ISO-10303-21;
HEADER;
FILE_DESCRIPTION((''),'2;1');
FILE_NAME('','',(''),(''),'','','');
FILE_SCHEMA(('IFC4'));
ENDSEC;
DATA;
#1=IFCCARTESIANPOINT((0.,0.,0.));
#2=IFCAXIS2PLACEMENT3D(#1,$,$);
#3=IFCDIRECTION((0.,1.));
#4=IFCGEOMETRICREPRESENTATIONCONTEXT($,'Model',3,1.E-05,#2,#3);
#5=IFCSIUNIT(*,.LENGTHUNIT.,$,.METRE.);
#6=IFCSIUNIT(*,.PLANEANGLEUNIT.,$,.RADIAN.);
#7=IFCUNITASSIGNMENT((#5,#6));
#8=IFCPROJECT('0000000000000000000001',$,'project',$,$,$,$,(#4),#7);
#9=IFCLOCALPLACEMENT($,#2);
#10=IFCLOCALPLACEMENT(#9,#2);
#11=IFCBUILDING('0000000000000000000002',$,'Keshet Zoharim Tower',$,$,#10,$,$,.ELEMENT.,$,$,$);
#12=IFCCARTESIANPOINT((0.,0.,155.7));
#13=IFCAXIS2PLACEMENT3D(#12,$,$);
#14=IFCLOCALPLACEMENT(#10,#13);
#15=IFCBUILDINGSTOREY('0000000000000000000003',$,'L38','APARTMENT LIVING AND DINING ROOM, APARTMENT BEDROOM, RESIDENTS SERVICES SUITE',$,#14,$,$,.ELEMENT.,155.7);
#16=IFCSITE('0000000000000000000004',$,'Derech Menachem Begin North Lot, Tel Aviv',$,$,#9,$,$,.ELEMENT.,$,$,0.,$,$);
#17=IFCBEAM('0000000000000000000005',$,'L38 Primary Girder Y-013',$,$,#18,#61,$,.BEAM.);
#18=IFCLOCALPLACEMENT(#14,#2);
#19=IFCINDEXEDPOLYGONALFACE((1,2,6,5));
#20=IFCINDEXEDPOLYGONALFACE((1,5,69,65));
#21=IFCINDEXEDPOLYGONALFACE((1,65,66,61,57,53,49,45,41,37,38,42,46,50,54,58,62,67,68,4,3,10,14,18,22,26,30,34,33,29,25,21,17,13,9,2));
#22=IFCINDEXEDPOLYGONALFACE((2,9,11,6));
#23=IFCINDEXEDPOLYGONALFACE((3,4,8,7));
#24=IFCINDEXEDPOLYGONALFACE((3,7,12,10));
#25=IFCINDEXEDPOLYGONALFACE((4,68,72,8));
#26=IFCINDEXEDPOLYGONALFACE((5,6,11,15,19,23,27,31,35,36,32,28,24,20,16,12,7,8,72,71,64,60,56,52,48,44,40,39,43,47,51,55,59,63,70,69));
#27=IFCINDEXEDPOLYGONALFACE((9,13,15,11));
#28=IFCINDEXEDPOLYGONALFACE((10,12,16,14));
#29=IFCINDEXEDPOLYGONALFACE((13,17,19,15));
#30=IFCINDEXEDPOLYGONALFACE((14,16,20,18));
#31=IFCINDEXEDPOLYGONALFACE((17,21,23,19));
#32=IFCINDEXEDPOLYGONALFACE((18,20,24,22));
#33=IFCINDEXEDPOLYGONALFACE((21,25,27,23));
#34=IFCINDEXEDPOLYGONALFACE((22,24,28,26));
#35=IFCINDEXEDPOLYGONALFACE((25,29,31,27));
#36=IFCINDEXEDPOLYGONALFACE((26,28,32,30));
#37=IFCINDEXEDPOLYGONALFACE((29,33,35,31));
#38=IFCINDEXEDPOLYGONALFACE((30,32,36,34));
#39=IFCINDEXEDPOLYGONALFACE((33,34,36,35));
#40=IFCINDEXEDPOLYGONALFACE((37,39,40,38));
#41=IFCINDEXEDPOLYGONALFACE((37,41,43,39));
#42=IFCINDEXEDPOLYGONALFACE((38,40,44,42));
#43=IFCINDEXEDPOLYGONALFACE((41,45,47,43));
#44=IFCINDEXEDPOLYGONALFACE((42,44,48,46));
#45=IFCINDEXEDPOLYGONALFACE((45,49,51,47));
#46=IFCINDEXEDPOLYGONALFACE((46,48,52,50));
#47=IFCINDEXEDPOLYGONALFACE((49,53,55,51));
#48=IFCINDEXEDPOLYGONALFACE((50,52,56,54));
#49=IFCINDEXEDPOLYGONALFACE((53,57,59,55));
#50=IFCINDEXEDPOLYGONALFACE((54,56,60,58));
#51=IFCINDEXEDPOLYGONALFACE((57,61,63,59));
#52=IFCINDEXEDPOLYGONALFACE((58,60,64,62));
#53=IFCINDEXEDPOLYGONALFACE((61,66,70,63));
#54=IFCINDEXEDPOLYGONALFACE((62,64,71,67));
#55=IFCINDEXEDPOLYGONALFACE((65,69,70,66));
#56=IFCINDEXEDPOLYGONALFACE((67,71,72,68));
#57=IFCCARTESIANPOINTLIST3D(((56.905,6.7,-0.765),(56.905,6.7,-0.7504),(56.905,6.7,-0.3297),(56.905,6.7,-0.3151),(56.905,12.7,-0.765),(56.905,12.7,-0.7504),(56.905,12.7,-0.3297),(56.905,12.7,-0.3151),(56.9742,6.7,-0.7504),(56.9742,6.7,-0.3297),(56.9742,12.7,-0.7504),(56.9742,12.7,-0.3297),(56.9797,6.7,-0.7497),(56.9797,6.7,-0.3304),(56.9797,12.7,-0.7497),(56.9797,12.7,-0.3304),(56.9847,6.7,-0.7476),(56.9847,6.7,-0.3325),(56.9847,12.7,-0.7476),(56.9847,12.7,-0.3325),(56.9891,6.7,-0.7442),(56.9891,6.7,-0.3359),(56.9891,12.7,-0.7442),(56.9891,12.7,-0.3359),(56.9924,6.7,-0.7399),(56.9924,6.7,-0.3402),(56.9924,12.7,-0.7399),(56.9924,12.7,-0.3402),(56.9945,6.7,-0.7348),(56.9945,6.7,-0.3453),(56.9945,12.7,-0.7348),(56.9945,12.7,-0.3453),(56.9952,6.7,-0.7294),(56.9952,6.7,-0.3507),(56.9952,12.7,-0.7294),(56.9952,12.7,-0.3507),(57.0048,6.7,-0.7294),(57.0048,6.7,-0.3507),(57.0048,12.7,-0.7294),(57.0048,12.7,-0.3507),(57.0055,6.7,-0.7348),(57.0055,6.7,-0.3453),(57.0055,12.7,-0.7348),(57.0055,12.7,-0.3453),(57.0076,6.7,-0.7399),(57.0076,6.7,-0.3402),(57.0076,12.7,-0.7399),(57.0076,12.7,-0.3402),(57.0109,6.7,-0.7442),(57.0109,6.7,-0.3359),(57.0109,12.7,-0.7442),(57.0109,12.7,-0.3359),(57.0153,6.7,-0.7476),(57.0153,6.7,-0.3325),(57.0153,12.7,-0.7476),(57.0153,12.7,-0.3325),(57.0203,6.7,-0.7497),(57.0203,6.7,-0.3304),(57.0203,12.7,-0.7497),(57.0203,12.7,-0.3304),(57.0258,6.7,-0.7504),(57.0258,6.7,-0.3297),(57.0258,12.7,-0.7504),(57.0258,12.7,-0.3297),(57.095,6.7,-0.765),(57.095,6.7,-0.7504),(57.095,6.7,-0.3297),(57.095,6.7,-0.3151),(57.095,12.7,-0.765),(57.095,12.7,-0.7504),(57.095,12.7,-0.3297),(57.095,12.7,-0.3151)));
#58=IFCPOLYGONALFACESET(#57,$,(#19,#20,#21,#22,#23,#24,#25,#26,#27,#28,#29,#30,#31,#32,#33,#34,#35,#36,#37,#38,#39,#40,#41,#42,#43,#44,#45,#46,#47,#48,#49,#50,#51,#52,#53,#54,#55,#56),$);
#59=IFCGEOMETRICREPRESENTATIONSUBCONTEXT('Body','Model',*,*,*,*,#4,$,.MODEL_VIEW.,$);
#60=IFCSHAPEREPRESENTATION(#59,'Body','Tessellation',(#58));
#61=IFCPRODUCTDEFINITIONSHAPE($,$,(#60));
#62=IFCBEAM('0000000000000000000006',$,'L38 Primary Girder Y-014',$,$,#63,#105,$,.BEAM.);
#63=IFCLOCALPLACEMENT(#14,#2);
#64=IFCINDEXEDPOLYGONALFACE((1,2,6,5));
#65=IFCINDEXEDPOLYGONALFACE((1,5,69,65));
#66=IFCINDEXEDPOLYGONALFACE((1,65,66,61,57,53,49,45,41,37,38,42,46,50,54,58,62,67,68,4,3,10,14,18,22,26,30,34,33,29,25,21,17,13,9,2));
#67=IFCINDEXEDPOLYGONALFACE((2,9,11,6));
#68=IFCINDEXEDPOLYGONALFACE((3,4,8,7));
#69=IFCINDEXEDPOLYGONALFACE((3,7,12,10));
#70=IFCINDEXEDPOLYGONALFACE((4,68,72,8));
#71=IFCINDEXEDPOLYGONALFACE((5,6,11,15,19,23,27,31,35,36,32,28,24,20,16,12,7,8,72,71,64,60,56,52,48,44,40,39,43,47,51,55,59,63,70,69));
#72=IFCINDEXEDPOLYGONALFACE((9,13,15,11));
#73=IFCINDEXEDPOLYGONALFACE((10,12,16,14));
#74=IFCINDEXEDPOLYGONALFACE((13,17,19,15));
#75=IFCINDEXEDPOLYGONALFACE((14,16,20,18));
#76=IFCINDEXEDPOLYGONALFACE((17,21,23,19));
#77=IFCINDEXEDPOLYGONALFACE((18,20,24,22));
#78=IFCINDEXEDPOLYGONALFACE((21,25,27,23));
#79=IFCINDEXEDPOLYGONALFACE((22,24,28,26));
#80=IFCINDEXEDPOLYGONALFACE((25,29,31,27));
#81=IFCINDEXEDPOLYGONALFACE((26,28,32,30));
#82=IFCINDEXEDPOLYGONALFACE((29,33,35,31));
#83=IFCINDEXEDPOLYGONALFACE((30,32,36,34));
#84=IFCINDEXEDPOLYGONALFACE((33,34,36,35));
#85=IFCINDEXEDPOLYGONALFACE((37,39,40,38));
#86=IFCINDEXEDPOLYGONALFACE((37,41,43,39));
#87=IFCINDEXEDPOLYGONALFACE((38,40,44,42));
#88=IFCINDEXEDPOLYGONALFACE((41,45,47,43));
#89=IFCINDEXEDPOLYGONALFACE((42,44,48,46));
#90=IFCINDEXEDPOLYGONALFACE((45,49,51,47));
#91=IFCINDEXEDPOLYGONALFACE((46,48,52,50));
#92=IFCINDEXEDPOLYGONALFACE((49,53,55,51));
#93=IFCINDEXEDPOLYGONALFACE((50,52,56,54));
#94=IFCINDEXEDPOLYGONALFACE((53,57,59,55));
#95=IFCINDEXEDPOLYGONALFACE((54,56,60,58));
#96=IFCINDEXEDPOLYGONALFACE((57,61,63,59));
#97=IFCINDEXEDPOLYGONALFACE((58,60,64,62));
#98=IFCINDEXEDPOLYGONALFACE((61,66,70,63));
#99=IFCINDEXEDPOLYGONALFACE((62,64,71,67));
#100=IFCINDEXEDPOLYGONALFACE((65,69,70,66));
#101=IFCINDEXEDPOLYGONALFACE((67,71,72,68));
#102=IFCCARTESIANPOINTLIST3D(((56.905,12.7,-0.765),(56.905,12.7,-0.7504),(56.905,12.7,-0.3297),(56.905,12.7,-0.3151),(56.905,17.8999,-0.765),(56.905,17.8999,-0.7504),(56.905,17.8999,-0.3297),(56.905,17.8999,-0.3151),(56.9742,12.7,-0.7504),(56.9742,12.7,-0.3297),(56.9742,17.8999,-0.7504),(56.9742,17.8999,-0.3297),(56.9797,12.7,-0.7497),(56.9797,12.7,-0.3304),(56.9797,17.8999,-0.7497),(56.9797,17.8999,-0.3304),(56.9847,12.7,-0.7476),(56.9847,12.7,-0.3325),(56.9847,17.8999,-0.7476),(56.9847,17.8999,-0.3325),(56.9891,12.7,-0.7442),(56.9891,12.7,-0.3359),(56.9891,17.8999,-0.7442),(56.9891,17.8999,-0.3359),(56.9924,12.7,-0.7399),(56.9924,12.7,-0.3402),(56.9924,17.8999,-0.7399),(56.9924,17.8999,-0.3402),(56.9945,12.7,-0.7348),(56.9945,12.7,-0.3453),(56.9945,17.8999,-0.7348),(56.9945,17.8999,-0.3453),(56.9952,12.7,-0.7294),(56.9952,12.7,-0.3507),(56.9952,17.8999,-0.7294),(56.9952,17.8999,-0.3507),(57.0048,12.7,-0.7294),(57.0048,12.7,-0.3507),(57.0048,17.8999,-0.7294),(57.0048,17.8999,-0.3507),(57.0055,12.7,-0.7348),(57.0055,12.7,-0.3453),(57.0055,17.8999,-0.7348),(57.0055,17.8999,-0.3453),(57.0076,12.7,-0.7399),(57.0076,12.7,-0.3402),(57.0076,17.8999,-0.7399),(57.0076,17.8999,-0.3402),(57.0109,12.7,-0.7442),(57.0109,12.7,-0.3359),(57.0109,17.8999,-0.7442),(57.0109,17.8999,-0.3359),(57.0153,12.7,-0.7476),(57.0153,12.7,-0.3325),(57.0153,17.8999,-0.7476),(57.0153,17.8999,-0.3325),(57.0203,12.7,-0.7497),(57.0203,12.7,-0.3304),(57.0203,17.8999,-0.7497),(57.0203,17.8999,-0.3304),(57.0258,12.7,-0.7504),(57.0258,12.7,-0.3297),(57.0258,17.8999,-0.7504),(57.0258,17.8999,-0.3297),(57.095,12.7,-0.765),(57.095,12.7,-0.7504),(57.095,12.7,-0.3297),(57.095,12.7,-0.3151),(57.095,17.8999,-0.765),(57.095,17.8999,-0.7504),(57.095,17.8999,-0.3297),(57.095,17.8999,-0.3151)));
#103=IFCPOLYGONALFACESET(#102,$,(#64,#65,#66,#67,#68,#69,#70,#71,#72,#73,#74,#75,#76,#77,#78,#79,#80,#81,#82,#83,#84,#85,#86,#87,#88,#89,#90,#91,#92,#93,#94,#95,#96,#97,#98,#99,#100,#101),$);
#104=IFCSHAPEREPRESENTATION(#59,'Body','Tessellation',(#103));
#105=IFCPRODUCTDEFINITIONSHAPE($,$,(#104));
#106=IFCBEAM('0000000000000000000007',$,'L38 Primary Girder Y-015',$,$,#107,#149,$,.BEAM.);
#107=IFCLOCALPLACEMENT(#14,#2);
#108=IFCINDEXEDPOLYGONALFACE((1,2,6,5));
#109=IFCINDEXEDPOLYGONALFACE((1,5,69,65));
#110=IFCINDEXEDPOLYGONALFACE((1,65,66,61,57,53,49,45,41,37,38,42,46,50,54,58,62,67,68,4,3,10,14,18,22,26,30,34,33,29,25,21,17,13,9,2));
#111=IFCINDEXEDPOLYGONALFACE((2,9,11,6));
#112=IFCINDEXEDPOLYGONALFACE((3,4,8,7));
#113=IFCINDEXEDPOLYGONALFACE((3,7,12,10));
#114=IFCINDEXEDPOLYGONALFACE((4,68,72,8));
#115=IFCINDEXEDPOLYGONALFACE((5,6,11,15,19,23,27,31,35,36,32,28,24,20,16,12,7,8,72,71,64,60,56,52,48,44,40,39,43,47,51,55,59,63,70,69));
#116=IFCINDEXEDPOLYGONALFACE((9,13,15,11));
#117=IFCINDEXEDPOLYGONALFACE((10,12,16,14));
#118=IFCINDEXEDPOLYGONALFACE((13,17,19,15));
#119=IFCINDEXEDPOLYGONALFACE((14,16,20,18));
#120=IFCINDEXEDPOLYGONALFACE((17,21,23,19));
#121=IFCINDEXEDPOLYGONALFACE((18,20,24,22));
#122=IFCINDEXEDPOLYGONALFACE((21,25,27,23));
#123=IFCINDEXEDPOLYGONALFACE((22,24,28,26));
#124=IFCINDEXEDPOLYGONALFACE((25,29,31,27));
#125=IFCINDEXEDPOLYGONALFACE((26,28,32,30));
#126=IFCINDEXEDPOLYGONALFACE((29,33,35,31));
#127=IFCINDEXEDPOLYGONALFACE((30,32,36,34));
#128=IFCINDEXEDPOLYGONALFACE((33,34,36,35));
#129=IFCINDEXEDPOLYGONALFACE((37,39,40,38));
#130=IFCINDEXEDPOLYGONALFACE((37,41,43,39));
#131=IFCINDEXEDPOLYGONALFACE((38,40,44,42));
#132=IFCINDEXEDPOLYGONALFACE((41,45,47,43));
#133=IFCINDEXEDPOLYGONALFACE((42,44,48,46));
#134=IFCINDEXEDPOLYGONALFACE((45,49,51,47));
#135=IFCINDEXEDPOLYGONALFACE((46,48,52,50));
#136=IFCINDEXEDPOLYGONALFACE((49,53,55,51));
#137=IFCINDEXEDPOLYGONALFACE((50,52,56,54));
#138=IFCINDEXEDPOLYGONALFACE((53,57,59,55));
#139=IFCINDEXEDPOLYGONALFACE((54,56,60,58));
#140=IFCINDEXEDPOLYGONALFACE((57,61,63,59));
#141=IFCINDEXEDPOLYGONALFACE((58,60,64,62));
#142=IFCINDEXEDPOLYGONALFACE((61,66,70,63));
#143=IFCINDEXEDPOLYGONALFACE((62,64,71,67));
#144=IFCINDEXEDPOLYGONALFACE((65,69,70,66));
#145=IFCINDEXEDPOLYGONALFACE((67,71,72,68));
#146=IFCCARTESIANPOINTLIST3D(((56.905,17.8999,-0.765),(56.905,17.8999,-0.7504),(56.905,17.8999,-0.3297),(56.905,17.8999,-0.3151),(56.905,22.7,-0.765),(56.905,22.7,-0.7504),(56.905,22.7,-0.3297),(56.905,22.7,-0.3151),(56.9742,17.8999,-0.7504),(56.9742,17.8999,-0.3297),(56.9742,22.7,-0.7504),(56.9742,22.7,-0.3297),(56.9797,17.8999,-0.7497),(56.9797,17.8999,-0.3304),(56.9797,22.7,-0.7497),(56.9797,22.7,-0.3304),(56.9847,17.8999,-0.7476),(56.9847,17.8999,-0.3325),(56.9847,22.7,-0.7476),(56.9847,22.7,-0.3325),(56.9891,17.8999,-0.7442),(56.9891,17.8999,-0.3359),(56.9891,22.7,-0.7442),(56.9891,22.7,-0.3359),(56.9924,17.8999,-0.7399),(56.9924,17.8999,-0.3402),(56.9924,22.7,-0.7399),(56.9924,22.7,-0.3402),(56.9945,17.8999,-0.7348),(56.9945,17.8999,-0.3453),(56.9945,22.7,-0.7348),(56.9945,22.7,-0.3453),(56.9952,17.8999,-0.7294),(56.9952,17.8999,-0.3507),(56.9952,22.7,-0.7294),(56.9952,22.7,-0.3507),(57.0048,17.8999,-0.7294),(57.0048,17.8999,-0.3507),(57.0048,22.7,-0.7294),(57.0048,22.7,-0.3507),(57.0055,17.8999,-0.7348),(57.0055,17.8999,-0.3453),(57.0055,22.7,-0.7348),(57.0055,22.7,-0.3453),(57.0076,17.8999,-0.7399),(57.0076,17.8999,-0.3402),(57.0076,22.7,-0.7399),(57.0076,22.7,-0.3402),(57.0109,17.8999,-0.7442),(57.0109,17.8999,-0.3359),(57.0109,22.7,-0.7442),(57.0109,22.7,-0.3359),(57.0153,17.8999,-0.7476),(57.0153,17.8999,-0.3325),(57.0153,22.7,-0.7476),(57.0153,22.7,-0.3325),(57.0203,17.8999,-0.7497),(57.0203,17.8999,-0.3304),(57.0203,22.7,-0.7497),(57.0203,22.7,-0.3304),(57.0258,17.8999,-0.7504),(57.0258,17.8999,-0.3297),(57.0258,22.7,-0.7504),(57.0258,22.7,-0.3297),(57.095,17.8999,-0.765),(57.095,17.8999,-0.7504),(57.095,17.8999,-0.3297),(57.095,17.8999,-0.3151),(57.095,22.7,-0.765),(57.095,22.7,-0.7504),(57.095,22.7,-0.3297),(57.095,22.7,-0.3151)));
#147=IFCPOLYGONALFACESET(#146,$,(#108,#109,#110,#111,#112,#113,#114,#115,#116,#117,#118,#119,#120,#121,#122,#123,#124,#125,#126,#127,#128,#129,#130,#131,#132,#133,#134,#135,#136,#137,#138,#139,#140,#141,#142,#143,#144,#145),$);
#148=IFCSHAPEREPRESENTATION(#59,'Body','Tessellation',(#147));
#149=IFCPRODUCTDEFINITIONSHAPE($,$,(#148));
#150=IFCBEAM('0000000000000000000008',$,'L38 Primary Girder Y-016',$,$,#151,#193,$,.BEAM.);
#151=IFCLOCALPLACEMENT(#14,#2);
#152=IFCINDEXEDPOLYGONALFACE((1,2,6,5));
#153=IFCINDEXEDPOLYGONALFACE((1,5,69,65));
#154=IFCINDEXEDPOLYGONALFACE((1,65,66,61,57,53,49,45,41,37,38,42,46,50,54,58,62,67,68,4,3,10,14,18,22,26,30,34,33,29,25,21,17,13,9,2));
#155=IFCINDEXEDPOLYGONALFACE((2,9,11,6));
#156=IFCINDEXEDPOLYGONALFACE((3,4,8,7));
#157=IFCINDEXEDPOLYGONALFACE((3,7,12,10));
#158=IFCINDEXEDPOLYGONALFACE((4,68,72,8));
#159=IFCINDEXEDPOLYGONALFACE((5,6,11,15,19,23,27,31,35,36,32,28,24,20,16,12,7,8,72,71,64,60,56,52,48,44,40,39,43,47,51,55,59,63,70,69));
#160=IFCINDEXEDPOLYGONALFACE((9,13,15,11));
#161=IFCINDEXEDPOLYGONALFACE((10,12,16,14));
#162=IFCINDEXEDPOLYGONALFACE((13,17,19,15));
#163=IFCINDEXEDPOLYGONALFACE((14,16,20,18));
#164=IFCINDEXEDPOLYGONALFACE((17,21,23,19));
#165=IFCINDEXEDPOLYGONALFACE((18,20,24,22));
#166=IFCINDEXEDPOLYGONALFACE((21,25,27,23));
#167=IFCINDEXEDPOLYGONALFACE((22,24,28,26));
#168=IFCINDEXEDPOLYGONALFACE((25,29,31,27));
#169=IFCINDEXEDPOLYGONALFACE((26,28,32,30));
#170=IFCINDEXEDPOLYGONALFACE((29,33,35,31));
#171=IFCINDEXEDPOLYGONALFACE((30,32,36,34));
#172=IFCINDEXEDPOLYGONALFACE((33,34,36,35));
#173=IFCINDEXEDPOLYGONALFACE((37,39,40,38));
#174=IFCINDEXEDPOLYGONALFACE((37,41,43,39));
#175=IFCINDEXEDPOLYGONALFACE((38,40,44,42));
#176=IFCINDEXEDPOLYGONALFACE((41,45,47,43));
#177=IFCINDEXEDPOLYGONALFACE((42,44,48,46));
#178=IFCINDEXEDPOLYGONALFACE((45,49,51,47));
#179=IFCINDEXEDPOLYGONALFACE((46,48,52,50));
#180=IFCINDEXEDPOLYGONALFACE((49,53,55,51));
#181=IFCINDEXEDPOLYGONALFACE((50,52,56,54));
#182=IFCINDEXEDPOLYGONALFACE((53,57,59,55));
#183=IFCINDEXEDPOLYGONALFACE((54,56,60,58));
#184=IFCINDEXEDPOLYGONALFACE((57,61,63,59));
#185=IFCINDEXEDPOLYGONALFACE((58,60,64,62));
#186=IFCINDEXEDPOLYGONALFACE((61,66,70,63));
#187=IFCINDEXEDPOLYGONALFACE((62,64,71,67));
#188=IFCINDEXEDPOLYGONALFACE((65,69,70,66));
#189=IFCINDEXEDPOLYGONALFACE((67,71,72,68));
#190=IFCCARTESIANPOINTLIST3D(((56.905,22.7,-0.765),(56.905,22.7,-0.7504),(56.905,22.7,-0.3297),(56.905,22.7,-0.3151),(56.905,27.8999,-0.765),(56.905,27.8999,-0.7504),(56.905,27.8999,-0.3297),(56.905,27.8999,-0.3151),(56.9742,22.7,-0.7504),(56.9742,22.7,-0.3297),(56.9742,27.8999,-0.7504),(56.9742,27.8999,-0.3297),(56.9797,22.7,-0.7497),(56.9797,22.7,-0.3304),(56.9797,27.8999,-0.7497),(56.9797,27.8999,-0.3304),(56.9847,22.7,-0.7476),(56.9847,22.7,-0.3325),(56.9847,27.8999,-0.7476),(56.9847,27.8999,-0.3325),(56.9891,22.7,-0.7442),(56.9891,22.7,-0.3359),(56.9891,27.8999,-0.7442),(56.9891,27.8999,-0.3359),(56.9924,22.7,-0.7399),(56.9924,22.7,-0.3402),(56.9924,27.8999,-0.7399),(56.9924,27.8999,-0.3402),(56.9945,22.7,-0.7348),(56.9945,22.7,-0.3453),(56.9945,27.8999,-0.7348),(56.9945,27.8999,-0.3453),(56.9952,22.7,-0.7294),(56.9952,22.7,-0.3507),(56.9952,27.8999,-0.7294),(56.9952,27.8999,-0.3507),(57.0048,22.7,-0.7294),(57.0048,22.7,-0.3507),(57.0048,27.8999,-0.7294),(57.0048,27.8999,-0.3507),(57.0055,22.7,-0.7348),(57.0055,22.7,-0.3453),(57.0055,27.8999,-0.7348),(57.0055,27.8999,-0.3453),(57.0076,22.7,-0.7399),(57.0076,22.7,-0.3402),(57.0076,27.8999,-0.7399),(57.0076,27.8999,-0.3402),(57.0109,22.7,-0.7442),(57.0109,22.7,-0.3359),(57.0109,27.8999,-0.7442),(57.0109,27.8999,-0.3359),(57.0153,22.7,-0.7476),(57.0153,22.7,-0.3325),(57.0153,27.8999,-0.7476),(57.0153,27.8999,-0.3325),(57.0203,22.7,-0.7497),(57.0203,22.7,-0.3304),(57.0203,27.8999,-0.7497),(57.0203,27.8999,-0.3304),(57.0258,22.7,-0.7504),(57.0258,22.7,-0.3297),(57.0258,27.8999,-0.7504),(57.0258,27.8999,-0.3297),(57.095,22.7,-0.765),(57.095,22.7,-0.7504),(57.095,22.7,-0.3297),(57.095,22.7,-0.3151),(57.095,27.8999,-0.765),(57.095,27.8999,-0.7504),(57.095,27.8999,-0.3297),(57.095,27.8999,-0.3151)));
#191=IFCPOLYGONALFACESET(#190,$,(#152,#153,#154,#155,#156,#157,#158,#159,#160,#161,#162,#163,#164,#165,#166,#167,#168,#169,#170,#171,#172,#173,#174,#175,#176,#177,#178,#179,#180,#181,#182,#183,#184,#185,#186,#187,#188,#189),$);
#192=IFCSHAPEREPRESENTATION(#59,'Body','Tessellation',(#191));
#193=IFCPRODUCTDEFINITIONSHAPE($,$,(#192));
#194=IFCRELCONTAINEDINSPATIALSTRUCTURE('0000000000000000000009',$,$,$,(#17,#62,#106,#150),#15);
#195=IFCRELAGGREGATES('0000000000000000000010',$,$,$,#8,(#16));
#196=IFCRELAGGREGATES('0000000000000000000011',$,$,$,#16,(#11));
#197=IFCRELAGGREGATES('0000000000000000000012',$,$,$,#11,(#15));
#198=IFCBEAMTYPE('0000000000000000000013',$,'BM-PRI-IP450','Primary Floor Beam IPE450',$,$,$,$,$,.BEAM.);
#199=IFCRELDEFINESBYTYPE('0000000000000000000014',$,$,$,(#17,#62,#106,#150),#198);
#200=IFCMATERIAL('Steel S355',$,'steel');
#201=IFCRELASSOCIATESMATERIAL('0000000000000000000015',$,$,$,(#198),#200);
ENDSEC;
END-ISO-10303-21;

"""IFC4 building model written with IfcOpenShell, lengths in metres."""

from ifc_helpers import new_model, si_unit, direction, frame, origin, origin_2d, place, context, subcontext, project, spatial, i_section, extrude, material, material_profile, profile_set, type_object, element, save


model = new_model("IFC4")

# Units and contexts
model_context = context("Model", 3, precision=1e-05, world=origin(), true_north=direction((0.0, 1.0)))
body_context = subcontext(model_context, "Body", "Model", "MODEL_VIEW")
ifc_project = project(units=[si_unit("LENGTHUNIT", "METRE"), si_unit("PLANEANGLEUNIT", "RADIAN")], contexts=[model_context])

# Site, building, storey
site_placement = place(None, origin())
site = spatial("IfcSite", under=ifc_project, at=site_placement, Name="Derech Menachem Begin North Lot, Tel Aviv", CompositionType="ELEMENT", RefElevation=0.0)
building_placement = place(site_placement, origin())
building = spatial("IfcBuilding", under=site, at=building_placement, Name="Keshet Zoharim Tower", CompositionType="ELEMENT")
storey_placement = place(building_placement, frame((0.0, 0.0, 155.7)))
storey = spatial("IfcBuildingStorey", under=building, at=storey_placement, Name="L38", Description="APARTMENT LIVING AND DINING ROOM, APARTMENT BEDROOM, RESIDENTS SERVICES SUITE", CompositionType="ELEMENT", Elevation=155.7)

# Shared definitions
ifc_material_1 = material(Name="Steel S355", Category="steel")

# Beams
ifc_material_profile_1 = material_profile(ifc_material_1, i_section(OverallWidth=0.1899, OverallDepth=0.45, WebThickness=0.0095, FlangeThickness=0.0146, FilletRadius=0.021, at=origin_2d()), Name="IPE450")
ifc_profile_set_1 = profile_set([ifc_material_profile_1], Name="Steel S355")
beam_type = type_object("IfcBeamType", Name="BM-PRI-IP450", Description="Primary Floor Beam IPE450", PredefinedType="BEAM", material=ifc_profile_set_1)
beam_1_placement = place(storey_placement, frame((57.0, 6.7, -0.54), z_axis=(0.0, 1.0, 0.0), x_axis=(-1.0, 0.0, 0.0)))
element("IfcBeam", 1, at=beam_1_placement, inside=storey, type_object=beam_type, Name="L38 Primary Girder Y-013", PredefinedType="BEAM", context=body_context, shape_type="SweptSolid", body=[
    extrude(i_section(OverallWidth=0.1899, OverallDepth=0.45, WebThickness=0.0095, FlangeThickness=0.0146, FilletRadius=0.021, at=origin_2d()), origin(), (0.0, 0.0, 1.0), 6.0),
])
beam_2_placement = place(storey_placement, frame((57.0, 12.7, -0.54), z_axis=(0.0, 1.0, 0.0), x_axis=(-1.0, 0.0, 0.0)))
element("IfcBeam", 2, at=beam_2_placement, inside=storey, type_object=beam_type, Name="L38 Primary Girder Y-014", PredefinedType="BEAM", context=body_context, shape_type="SweptSolid", body=[
    extrude(i_section(OverallWidth=0.1899, OverallDepth=0.45, WebThickness=0.0095, FlangeThickness=0.0146, FilletRadius=0.021, at=origin_2d()), origin(), (0.0, 0.0, 1.0), 5.2),
])
beam_3_placement = place(storey_placement, frame((57.0, 17.8999, -0.54), z_axis=(0.0, 1.0, 0.0), x_axis=(-1.0, 0.0, 0.0)))
element("IfcBeam", 3, at=beam_3_placement, inside=storey, type_object=beam_type, Name="L38 Primary Girder Y-015", PredefinedType="BEAM", context=body_context, shape_type="SweptSolid", body=[
    extrude(i_section(OverallWidth=0.1899, OverallDepth=0.45, WebThickness=0.0095, FlangeThickness=0.0146, FilletRadius=0.021, at=origin_2d()), origin(), (0.0, 0.0, 1.0), 4.8),
])
beam_4_placement = place(storey_placement, frame((57.0, 22.7, -0.54), z_axis=(0.0, 1.0, 0.0), x_axis=(-1.0, 0.0, 0.0)))
element("IfcBeam", 4, at=beam_4_placement, inside=storey, type_object=beam_type, Name="L38 Primary Girder Y-016", PredefinedType="BEAM", context=body_context, shape_type="SweptSolid", body=[
    extrude(i_section(OverallWidth=0.1899, OverallDepth=0.45, WebThickness=0.0095, FlangeThickness=0.0146, FilletRadius=0.021, at=origin_2d()), origin(), (0.0, 0.0, 1.0), 5.2),
])

save(model, "model.ifc")
